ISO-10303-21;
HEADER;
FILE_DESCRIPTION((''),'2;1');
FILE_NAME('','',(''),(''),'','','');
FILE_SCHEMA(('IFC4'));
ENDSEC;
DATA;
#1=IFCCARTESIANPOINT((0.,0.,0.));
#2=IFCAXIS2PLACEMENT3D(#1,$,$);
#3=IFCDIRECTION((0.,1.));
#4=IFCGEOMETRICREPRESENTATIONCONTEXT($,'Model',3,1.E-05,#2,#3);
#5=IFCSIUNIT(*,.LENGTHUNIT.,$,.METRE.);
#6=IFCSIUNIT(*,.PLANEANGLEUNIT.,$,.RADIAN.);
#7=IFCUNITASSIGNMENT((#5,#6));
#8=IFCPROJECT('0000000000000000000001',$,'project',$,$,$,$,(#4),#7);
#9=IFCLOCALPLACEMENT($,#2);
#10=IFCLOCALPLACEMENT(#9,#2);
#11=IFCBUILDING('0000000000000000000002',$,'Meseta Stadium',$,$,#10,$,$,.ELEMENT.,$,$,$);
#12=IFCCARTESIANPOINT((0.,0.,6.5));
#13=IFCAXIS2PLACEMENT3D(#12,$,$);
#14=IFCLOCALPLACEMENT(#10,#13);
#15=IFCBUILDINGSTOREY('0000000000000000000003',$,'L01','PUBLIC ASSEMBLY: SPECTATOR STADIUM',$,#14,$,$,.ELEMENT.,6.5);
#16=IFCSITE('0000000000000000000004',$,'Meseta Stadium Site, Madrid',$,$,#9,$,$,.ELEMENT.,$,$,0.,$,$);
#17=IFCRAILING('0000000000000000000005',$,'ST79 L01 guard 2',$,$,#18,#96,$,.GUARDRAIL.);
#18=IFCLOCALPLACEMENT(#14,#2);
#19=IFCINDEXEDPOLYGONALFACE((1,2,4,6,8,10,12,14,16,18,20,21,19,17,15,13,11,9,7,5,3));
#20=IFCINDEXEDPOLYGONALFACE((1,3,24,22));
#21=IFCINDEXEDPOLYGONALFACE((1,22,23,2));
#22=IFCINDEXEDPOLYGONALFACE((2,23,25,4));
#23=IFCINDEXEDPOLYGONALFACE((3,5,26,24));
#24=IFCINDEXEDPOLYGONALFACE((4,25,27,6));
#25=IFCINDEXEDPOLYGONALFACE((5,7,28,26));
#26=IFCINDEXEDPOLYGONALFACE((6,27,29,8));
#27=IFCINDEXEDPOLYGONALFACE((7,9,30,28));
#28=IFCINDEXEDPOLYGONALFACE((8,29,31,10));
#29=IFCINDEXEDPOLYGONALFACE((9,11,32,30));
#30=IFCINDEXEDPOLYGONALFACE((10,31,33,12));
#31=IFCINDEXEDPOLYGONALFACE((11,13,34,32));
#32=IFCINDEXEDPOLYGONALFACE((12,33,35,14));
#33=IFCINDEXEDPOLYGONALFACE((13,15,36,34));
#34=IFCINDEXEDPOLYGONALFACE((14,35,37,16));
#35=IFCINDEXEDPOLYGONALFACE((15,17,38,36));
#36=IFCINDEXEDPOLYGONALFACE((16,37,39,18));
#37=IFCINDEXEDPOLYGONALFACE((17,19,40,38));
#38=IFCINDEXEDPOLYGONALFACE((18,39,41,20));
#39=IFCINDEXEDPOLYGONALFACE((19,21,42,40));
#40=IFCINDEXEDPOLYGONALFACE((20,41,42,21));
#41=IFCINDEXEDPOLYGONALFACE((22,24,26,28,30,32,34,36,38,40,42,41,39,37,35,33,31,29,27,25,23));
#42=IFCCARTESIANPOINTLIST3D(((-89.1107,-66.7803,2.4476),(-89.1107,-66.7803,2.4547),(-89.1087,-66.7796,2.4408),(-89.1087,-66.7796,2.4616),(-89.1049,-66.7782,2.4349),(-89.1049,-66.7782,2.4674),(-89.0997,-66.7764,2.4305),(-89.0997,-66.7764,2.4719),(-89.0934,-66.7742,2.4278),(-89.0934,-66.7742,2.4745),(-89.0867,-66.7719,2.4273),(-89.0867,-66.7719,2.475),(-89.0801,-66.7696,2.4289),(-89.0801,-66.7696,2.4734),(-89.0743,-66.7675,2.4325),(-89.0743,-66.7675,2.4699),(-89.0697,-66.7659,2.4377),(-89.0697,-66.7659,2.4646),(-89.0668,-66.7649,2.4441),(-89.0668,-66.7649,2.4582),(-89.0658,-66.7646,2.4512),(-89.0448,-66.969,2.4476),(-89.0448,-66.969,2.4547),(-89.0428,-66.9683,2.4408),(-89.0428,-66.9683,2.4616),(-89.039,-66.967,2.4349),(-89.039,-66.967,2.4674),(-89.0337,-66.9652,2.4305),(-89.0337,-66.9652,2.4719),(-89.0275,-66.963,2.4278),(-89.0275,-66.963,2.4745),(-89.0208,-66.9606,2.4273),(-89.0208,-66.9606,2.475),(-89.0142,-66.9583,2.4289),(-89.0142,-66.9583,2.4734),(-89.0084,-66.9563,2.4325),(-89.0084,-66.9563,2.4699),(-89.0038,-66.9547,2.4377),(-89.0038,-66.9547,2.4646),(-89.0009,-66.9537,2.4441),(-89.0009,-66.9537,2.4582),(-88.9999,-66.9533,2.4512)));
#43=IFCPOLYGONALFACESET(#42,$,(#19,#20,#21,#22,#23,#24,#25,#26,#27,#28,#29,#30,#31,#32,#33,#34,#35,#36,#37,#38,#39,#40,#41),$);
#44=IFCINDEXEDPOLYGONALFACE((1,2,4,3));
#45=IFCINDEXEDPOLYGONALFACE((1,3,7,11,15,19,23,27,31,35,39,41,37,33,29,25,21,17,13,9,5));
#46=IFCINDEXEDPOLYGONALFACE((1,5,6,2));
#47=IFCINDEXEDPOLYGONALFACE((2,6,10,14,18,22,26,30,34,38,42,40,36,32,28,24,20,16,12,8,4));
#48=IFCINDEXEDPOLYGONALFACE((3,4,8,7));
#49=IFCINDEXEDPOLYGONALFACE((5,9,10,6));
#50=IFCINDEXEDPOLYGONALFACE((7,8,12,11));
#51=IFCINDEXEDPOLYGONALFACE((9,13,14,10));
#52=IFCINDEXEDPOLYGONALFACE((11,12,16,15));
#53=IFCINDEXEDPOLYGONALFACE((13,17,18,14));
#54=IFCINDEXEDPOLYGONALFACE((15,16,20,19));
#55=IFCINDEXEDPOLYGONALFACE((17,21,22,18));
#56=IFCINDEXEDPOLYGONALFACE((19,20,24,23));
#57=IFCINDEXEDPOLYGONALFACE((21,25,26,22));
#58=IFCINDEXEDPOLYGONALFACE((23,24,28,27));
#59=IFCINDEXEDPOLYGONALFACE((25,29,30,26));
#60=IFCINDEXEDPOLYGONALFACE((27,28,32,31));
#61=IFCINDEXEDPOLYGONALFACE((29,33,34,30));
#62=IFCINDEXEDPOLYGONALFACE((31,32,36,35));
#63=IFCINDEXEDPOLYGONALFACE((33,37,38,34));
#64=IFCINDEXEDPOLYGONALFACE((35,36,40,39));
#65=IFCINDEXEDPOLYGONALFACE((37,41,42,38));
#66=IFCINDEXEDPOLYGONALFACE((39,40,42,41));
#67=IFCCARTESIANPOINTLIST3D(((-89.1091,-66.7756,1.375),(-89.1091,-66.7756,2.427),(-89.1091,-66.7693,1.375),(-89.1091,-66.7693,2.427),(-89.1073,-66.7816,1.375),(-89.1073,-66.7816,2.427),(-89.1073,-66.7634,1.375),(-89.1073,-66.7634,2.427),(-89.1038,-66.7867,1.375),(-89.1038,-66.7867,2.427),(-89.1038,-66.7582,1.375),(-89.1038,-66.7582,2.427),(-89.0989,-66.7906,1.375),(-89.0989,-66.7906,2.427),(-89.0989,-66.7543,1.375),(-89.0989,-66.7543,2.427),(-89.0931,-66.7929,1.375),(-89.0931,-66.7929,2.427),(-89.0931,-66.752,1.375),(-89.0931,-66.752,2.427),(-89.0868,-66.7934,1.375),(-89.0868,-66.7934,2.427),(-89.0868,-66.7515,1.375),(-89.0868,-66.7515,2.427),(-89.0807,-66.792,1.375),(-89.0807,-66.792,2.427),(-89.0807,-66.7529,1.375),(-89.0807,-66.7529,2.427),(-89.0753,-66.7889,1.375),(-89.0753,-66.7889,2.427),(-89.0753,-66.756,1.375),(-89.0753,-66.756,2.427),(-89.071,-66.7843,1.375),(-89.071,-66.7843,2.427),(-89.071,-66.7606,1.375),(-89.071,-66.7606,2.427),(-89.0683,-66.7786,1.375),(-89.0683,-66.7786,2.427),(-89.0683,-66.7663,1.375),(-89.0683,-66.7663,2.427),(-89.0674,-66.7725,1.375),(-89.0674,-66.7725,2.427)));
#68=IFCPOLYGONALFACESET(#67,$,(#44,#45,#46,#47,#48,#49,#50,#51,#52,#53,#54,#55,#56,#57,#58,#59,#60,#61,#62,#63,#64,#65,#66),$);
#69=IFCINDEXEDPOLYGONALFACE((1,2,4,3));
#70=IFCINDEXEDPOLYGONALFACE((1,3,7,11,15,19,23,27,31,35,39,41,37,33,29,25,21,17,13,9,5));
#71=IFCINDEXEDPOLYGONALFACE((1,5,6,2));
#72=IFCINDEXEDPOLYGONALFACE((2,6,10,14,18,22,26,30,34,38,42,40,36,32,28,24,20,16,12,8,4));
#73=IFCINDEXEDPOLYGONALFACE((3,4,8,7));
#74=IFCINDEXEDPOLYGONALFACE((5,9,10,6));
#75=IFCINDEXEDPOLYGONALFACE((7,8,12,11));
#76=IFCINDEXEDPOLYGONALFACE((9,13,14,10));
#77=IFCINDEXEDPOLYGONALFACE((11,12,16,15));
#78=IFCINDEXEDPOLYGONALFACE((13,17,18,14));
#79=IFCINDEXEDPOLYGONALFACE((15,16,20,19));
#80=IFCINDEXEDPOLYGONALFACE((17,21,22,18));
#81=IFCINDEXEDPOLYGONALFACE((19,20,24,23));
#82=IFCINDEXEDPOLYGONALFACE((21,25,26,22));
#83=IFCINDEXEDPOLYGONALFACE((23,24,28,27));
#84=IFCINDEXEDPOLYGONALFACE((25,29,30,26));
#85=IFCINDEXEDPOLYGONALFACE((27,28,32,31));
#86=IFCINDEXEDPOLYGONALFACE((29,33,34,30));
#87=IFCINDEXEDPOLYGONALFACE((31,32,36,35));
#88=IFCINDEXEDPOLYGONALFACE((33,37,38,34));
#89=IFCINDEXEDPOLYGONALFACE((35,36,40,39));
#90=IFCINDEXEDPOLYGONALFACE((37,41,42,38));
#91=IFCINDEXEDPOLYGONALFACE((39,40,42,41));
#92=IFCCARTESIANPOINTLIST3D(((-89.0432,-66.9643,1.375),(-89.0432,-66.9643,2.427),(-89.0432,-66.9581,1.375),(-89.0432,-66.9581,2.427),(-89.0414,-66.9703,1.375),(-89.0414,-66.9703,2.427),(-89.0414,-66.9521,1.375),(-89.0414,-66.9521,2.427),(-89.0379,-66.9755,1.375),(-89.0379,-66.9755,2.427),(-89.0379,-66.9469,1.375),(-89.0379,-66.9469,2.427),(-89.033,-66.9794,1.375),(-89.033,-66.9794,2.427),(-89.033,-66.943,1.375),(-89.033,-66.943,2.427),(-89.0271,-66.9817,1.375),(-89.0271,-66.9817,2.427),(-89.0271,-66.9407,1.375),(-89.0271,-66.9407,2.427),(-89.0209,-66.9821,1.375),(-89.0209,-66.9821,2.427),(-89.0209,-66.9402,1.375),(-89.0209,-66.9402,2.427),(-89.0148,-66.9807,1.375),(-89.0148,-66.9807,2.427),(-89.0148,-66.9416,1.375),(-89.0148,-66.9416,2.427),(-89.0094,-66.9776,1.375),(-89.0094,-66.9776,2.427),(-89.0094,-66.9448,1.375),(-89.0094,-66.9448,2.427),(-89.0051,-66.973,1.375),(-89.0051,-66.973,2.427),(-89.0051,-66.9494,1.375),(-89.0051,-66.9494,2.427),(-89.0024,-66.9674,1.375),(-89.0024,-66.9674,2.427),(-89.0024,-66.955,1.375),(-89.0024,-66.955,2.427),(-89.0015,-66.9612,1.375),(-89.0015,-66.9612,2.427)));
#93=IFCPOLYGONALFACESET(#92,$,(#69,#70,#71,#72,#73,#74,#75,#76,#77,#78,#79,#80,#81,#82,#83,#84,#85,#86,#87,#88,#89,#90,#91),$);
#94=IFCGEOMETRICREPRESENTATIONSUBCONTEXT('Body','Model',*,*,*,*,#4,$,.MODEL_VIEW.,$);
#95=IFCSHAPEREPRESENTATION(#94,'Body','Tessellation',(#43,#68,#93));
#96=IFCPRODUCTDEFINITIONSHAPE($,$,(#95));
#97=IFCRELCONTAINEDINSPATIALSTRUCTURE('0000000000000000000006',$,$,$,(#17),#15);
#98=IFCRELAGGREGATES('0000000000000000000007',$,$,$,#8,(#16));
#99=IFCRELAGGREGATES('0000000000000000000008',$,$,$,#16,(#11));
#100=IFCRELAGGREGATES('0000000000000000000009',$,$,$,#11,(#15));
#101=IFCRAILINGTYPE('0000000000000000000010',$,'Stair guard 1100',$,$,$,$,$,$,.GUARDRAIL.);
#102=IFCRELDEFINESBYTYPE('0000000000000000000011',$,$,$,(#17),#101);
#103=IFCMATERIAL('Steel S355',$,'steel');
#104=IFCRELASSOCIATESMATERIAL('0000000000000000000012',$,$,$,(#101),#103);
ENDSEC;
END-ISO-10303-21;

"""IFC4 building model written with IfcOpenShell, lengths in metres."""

from ifc_helpers import new_model, si_unit, direction, frame, origin, origin_2d, place, context, subcontext, project, spatial, circle, extrude, material, type_object, element, save


model = new_model("IFC4")

# Units and contexts
model_context = context("Model", 3, precision=1e-05, world=origin(), true_north=direction((0.0, 1.0)))
body_context = subcontext(model_context, "Body", "Model", "MODEL_VIEW")
ifc_project = project(units=[si_unit("LENGTHUNIT", "METRE"), si_unit("PLANEANGLEUNIT", "RADIAN")], contexts=[model_context])

# Site, building, storey
site_placement = place(None, origin())
site = spatial("IfcSite", under=ifc_project, at=site_placement, Name="Meseta Stadium Site, Madrid", CompositionType="ELEMENT", RefElevation=0.0)
building_placement = place(site_placement, origin())
building = spatial("IfcBuilding", under=site, at=building_placement, Name="Meseta Stadium", CompositionType="ELEMENT")
storey_placement = place(building_placement, frame((0.0, 0.0, 6.5)))
storey = spatial("IfcBuildingStorey", under=building, at=storey_placement, Name="L01", Description="PUBLIC ASSEMBLY: SPECTATOR STADIUM", CompositionType="ELEMENT", Elevation=6.5)

# Railing
ifc_material_1 = material(Name="Steel S355", Category="steel")
railing_type_1 = type_object("IfcRailingType", Name="Stair guard 1100", PredefinedType="GUARDRAIL", material=ifc_material_1)
railing_1_placement = place(storey_placement, frame((-89.0884, -66.7725, 1.375)))
element("IfcRailing", 1, at=railing_1_placement, inside=storey, type_object=railing_type_1, Name="ST79 L01 guard 2", PredefinedType="GUARDRAIL", context=body_context, shape_type="SweptSolid", body=[
    extrude(circle(Radius=0.0239, at=origin_2d()), frame((0.0, 0.0, 1.0762), z_axis=(0.329752, -0.944068, 0.0), x_axis=(0.944068, 0.329752, 0.0)), (0.0, 0.0, 1.0), 0.2),
    extrude(circle(Radius=0.021, at=origin_2d()), origin(), (0.0, 0.0, 1.0), 1.052),
    extrude(circle(Radius=0.021, at=origin_2d()), frame((0.0659, -0.1887, 0.0)), (0.0, 0.0, 1.0), 1.052),
])

save(model, "model.ifc")
